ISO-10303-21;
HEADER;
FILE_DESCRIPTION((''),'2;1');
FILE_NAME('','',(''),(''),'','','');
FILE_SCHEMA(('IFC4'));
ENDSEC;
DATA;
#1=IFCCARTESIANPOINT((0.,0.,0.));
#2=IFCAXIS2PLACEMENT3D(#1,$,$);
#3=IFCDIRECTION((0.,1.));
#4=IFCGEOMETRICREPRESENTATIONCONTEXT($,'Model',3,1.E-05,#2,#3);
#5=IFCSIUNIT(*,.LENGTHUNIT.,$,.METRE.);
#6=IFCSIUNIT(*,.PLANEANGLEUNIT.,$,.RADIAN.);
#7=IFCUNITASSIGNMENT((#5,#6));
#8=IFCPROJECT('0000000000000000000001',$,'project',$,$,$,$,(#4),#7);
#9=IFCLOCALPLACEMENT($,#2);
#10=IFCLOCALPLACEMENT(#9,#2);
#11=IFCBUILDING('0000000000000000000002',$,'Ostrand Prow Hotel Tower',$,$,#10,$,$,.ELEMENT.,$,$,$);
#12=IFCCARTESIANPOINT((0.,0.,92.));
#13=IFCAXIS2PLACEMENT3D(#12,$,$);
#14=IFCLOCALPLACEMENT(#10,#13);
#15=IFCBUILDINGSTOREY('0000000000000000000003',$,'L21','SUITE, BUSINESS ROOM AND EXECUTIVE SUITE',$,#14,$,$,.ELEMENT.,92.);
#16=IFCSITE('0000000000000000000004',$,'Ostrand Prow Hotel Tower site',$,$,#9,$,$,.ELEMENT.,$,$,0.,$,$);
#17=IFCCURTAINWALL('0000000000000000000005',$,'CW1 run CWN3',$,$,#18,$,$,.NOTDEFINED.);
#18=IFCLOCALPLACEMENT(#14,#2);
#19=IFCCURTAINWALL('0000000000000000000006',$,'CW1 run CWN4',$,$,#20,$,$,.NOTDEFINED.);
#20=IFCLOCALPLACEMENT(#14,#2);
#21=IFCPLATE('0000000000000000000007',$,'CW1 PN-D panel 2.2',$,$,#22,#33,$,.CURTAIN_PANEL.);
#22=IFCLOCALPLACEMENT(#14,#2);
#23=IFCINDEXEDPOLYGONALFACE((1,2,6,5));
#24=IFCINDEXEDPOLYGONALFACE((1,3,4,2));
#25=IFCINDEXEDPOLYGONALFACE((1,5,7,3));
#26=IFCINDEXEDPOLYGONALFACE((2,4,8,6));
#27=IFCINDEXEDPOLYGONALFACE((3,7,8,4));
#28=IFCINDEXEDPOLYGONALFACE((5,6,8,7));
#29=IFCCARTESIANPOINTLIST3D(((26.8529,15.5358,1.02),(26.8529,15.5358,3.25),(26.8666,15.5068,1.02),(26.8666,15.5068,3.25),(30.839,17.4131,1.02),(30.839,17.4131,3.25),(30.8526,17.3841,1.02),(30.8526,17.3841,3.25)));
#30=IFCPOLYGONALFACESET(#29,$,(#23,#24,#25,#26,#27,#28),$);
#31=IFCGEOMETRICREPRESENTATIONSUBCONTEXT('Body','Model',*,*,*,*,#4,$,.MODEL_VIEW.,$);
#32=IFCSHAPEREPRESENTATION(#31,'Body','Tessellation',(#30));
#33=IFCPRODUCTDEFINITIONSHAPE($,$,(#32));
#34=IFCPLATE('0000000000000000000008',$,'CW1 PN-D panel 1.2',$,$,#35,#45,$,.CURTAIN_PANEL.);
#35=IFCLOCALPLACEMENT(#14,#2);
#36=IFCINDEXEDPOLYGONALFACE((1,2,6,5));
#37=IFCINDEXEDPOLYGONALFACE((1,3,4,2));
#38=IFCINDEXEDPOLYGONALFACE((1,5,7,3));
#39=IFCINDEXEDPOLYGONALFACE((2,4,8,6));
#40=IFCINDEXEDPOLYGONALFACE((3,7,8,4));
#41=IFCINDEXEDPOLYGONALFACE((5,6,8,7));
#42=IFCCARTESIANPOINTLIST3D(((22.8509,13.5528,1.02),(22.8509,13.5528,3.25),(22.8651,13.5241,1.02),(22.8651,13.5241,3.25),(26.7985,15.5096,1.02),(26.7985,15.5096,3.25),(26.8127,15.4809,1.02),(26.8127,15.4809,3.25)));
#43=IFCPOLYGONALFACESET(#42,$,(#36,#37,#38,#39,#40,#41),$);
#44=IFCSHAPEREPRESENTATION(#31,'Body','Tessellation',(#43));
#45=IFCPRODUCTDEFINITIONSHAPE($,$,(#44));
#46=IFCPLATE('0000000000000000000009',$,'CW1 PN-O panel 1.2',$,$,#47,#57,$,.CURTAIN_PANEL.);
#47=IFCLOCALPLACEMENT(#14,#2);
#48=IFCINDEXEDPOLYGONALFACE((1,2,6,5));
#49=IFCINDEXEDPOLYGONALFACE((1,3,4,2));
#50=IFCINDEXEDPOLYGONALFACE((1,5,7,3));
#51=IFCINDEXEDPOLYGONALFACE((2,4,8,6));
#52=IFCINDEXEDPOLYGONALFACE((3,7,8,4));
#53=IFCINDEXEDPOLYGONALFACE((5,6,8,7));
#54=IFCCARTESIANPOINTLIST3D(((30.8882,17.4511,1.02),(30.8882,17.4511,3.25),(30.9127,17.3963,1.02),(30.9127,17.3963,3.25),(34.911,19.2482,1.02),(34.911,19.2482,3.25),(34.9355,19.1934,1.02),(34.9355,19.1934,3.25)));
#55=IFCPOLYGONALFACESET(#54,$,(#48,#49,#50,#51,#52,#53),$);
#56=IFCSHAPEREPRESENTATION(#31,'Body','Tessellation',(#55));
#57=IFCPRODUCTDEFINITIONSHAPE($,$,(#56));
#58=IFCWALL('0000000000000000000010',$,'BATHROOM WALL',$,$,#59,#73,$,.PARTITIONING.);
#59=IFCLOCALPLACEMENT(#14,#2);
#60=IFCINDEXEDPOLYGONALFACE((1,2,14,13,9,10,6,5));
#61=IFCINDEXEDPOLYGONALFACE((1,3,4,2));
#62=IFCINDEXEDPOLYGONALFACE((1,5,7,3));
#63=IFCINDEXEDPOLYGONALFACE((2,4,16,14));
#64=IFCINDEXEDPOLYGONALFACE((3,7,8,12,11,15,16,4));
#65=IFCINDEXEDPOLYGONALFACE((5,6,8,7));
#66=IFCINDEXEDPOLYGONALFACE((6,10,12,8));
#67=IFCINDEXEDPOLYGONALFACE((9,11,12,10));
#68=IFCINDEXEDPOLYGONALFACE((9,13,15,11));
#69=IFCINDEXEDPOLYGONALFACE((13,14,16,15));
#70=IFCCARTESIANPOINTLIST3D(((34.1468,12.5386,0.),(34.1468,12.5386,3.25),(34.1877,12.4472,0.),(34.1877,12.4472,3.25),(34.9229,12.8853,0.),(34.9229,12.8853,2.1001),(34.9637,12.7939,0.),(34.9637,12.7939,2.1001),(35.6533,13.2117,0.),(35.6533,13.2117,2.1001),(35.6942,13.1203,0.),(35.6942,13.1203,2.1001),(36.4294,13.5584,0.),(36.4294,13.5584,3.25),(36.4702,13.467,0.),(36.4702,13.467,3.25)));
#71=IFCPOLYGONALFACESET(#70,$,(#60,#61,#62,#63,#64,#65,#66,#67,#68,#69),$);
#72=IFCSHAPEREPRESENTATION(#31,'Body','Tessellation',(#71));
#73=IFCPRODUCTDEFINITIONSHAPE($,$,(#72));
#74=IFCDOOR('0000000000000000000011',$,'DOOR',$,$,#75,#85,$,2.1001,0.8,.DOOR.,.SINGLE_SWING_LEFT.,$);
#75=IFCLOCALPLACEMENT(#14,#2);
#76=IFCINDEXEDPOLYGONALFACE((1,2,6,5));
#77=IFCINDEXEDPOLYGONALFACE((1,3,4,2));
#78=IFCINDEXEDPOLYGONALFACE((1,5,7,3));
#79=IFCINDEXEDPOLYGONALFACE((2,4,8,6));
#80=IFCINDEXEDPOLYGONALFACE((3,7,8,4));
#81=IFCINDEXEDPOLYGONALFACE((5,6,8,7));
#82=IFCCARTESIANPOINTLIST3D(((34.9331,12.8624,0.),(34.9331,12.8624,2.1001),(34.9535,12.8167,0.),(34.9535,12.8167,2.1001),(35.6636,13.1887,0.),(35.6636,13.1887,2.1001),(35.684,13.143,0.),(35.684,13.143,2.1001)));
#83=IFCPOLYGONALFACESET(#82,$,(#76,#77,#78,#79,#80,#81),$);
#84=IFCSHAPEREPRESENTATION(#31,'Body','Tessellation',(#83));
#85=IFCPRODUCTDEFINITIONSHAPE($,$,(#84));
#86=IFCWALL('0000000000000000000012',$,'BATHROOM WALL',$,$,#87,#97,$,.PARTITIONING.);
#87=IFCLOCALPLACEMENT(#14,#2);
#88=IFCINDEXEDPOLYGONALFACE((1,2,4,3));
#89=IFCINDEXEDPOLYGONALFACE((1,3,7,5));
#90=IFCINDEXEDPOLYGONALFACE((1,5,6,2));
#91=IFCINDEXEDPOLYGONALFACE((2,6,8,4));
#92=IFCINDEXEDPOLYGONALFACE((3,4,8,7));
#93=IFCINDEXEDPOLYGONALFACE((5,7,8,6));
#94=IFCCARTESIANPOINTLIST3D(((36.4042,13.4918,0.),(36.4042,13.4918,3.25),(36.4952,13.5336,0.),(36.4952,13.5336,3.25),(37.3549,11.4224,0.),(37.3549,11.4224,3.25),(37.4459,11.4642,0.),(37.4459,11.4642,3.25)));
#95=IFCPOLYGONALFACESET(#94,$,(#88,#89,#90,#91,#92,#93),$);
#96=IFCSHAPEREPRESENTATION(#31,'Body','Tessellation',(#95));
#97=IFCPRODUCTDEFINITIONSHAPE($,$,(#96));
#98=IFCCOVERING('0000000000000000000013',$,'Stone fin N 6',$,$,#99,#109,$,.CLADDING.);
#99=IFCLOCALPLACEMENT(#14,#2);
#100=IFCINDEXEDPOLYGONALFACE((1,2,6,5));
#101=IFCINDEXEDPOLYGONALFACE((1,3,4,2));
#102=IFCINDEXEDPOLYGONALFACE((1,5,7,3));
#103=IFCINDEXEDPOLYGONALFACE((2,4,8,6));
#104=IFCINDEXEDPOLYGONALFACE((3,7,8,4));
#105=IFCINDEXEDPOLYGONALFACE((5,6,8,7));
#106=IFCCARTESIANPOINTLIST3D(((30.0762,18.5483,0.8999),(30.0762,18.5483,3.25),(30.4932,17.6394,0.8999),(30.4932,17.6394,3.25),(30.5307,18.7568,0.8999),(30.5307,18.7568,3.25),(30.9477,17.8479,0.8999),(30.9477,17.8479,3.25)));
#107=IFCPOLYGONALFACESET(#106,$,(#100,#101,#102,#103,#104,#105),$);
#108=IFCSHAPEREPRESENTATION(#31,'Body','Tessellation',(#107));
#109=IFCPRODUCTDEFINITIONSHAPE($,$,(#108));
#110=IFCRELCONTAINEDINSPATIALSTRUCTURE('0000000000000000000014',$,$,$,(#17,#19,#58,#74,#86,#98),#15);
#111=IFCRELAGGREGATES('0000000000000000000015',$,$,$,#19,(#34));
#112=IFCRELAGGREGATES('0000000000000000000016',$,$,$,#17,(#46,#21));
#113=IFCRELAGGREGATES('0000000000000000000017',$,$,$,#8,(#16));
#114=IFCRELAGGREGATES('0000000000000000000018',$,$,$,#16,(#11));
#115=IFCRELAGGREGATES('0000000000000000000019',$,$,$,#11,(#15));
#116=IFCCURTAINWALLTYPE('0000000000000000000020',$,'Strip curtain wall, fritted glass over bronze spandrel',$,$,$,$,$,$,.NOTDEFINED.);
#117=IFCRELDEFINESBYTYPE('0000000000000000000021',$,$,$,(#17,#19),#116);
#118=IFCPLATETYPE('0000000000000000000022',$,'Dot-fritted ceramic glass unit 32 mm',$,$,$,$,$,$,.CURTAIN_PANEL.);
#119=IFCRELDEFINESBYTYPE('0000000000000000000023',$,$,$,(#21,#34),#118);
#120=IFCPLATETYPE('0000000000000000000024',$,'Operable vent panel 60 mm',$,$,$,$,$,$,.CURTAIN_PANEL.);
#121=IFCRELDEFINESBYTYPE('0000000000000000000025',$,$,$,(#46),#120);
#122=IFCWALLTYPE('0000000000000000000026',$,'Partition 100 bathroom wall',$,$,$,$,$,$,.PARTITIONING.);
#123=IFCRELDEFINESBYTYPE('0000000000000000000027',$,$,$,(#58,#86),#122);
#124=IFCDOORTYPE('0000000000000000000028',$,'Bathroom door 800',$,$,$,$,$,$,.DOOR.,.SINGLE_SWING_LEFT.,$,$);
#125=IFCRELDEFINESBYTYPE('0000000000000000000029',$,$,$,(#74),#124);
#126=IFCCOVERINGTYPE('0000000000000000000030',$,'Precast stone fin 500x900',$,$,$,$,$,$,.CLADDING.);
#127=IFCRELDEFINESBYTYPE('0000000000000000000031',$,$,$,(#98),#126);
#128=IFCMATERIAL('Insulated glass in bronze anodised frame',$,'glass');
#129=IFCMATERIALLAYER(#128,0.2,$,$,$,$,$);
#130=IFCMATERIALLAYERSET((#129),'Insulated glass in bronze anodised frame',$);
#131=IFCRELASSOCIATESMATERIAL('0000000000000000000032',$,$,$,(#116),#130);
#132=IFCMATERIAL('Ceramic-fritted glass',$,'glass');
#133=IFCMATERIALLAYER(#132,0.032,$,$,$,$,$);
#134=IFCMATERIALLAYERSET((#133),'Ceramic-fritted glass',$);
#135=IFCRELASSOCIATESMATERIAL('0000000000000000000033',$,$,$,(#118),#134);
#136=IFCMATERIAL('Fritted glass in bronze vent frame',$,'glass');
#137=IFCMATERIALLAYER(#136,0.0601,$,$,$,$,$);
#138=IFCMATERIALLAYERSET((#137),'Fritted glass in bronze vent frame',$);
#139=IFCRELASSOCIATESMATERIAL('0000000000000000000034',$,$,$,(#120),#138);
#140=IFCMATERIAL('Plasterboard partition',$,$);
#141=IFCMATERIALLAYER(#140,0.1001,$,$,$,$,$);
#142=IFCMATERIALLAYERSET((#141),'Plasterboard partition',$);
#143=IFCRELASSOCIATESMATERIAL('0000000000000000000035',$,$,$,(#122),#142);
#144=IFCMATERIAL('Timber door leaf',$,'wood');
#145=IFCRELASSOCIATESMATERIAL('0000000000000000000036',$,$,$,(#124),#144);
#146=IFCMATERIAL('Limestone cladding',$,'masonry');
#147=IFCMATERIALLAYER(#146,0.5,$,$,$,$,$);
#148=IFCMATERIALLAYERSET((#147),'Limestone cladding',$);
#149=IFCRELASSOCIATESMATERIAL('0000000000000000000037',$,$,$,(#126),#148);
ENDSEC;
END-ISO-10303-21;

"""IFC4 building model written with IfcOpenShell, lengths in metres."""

from ifc_helpers import new_model, si_unit, direction, frame, frame_2d, origin, origin_2d, place, context, subcontext, project, spatial, rectangle, extrude, material, layer, layer_set, type_object, element, fill, aggregate, save


model = new_model("IFC4")

# Units and contexts
model_context = context("Model", 3, precision=1e-05, world=origin(), true_north=direction((0.0, 1.0)))
body_context = subcontext(model_context, "Body", "Model", "MODEL_VIEW")
ifc_project = project(units=[si_unit("LENGTHUNIT", "METRE"), si_unit("PLANEANGLEUNIT", "RADIAN")], contexts=[model_context])

# Site, building, storey
site_placement = place(None, origin())
site = spatial("IfcSite", under=ifc_project, at=site_placement, Name="Ostrand Prow Hotel Tower site", CompositionType="ELEMENT", RefElevation=0.0)
building_placement = place(site_placement, origin())
building = spatial("IfcBuilding", under=site, at=building_placement, Name="Ostrand Prow Hotel Tower", CompositionType="ELEMENT")
storey_placement = place(building_placement, frame((0.0, 0.0, 92.0)))
storey = spatial("IfcBuildingStorey", under=building, at=storey_placement, Name="L21", Description="SUITE, BUSINESS ROOM AND EXECUTIVE SUITE", CompositionType="ELEMENT", Elevation=92.0)

# Curtain wall
ifc_material_1 = material(Name="Insulated glass in bronze anodised frame", Category="glass")
ifc_layer_1 = layer(ifc_material_1, 0.2)
ifc_layer_set_1 = layer_set([ifc_layer_1], Name="Insulated glass in bronze anodised frame")
curtain_wall_type = type_object("IfcCurtainWallType", Name="Strip curtain wall, fritted glass over bronze spandrel", PredefinedType="NOTDEFINED", material=ifc_layer_set_1)
curtain_wall_1_placement = place(storey_placement, origin())
curtain_wall_1 = element("IfcCurtainWall", 1, at=curtain_wall_1_placement, inside=storey, type_object=curtain_wall_type, Name="CW1 run CWN3", PredefinedType="NOTDEFINED")

# Curtain wall
curtain_wall_2_placement = place(storey_placement, origin())
curtain_wall_2 = element("IfcCurtainWall", 2, at=curtain_wall_2_placement, inside=storey, type_object=curtain_wall_type, Name="CW1 run CWN4", PredefinedType="NOTDEFINED")

# Plates
ifc_material_2 = material(Name="Ceramic-fritted glass", Category="glass")
ifc_layer_2 = layer(ifc_material_2, 0.032)
ifc_layer_set_2 = layer_set([ifc_layer_2], Name="Ceramic-fritted glass")
plate_type_1 = type_object("IfcPlateType", Name="Dot-fritted ceramic glass unit 32 mm", PredefinedType="CURTAIN_PANEL", material=ifc_layer_set_2)
plate_1_placement = place(storey_placement, frame((28.8528, 16.46, 1.02), z_axis=(0.0, 0.0, 1.0), x_axis=(-0.904686, -0.426079, 0.0)))
plate_1 = element("IfcPlate", 3, at=plate_1_placement, type_object=plate_type_1, Name="CW1 PN-D panel 2.2", PredefinedType="CURTAIN_PANEL", context=body_context, shape_type="SweptSolid", body=[
    extrude(rectangle(XDim=4.406, YDim=0.032, at=origin_2d()), origin(), (0.0, 0.0, 1.0), 2.23),
])
plate_2_placement = place(storey_placement, frame((24.8318, 14.5168, 1.02), z_axis=(0.0, 0.0, 1.0), x_axis=(-0.895971, -0.444113, 0.0)))
plate_2 = element("IfcPlate", 4, at=plate_2_placement, type_object=plate_type_1, Name="CW1 PN-D panel 1.2", PredefinedType="CURTAIN_PANEL", context=body_context, shape_type="SweptSolid", body=[
    extrude(rectangle(XDim=4.406, YDim=0.032, at=origin_2d()), origin(), (0.0, 0.0, 1.0), 2.23),
])
aggregate(curtain_wall_2, [plate_2])
ifc_material_3 = material(Name="Fritted glass in bronze vent frame", Category="glass")
ifc_layer_3 = layer(ifc_material_3, 0.0601)
ifc_layer_set_3 = layer_set([ifc_layer_3], Name="Fritted glass in bronze vent frame")
plate_type_2 = type_object("IfcPlateType", Name="Operable vent panel 60 mm", PredefinedType="CURTAIN_PANEL", material=ifc_layer_set_3)
plate_3_placement = place(storey_placement, frame((32.9119, 18.3223, 1.02), z_axis=(0.0, 0.0, 1.0), x_axis=(-0.913038, -0.407875, 0.0)))
plate_3 = element("IfcPlate", 5, at=plate_3_placement, type_object=plate_type_2, Name="CW1 PN-O panel 1.2", PredefinedType="CURTAIN_PANEL", context=body_context, shape_type="SweptSolid", body=[
    extrude(rectangle(XDim=4.406, YDim=0.0601, at=origin_2d()), origin(), (0.0, 0.0, 1.0), 2.23),
])
aggregate(curtain_wall_1, [plate_3, plate_1])

# Wall, opening, door
ifc_material_4 = material(Name="Plasterboard partition")
ifc_layer_4 = layer(ifc_material_4, 0.1001)
ifc_layer_set_4 = layer_set([ifc_layer_4], Name="Plasterboard partition")
wall_type = type_object("IfcWallType", Name="Partition 100 bathroom wall", PredefinedType="PARTITIONING", material=ifc_layer_set_4)
wall_1_placement = place(storey_placement, frame((34.1672, 12.4929, 0.0), z_axis=(0.0, 0.0, 1.0), x_axis=(0.913016, 0.407923, 0.0)))
wall_1 = element("IfcWall", 6, at=wall_1_placement, inside=storey, type_object=wall_type, Name="BATHROOM WALL", PredefinedType="PARTITIONING", context=body_context, shape_type="SweptSolid", body=[
    extrude(rectangle(XDim=2.5, YDim=0.1001, at=frame_2d((1.25, 0.0))), origin(), (0.0, 0.0, 1.0), 3.25),
])
opening_placement = place(wall_1_placement, frame((0.8501, 0.0, 0.0)))
opening = element("IfcOpeningElement", 7, at=opening_placement, cuts=wall_1, PredefinedType="OPENING", context=body_context, shape_type="SweptSolid", body=[
    extrude(rectangle(XDim=0.8, YDim=2.1001, at=frame_2d((0.3999, 1.05))), frame((0.0, 0.0601, 0.0), z_axis=(0.0, -1.0, 0.0), x_axis=(1.0, 0.0, 0.0)), (0.0, 0.0, 1.0), 0.1201),
])
ifc_material_5 = material(Name="Timber door leaf", Category="wood")
door_type = type_object("IfcDoorType", Name="Bathroom door 800", OperationType="SINGLE_SWING_LEFT", PredefinedType="DOOR", material=ifc_material_5)
door_placement = place(opening_placement, origin())
door = element("IfcDoor", 8, at=door_placement, inside=storey, type_object=door_type, Name="DOOR", OperationType="SINGLE_SWING_LEFT", OverallHeight=2.1001, OverallWidth=0.8, PredefinedType="DOOR", context=body_context, shape_type="SweptSolid", body=[
    extrude(rectangle(XDim=0.8, YDim=2.1001, at=frame_2d((0.3999, 1.05))), frame((0.0, 0.0249, 0.0), z_axis=(0.0, -1.0, 0.0), x_axis=(1.0, 0.0, 0.0)), (0.0, 0.0, 1.0), 0.05),
])
fill(opening, door)

# Wall
wall_2_placement = place(storey_placement, frame((36.4497, 13.5127, 0.0), z_axis=(0.0, 0.0, 1.0), x_axis=(0.417467, -0.908692, 0.0)))
element("IfcWall", 9, at=wall_2_placement, inside=storey, type_object=wall_type, Name="BATHROOM WALL", PredefinedType="PARTITIONING", context=body_context, shape_type="SweptSolid", body=[
    extrude(rectangle(XDim=2.2773, YDim=0.1001, at=frame_2d((1.1387, 0.0))), origin(), (0.0, 0.0, 1.0), 3.25),
])

# Covering
ifc_material_6 = material(Name="Limestone cladding", Category="masonry")
ifc_layer_5 = layer(ifc_material_6, 0.5)
ifc_layer_set_5 = layer_set([ifc_layer_5], Name="Limestone cladding")
covering_type = type_object("IfcCoveringType", Name="Precast stone fin 500x900", PredefinedType="CLADDING", material=ifc_layer_set_5)
covering_placement = place(storey_placement, frame((30.7205, 17.7437, 0.8999), z_axis=(0.0, 0.0, 1.0), x_axis=(-0.416983, 0.908914, 0.0)))
element("IfcCovering", 10, at=covering_placement, inside=storey, type_object=covering_type, Name="Stone fin N 6", PredefinedType="CLADDING", context=body_context, shape_type="SweptSolid", body=[
    extrude(rectangle(XDim=1.0, YDim=0.5, at=frame_2d((0.5, 0.0))), origin(), (0.0, 0.0, 1.0), 2.3501),
])

save(model, "model.ifc")
